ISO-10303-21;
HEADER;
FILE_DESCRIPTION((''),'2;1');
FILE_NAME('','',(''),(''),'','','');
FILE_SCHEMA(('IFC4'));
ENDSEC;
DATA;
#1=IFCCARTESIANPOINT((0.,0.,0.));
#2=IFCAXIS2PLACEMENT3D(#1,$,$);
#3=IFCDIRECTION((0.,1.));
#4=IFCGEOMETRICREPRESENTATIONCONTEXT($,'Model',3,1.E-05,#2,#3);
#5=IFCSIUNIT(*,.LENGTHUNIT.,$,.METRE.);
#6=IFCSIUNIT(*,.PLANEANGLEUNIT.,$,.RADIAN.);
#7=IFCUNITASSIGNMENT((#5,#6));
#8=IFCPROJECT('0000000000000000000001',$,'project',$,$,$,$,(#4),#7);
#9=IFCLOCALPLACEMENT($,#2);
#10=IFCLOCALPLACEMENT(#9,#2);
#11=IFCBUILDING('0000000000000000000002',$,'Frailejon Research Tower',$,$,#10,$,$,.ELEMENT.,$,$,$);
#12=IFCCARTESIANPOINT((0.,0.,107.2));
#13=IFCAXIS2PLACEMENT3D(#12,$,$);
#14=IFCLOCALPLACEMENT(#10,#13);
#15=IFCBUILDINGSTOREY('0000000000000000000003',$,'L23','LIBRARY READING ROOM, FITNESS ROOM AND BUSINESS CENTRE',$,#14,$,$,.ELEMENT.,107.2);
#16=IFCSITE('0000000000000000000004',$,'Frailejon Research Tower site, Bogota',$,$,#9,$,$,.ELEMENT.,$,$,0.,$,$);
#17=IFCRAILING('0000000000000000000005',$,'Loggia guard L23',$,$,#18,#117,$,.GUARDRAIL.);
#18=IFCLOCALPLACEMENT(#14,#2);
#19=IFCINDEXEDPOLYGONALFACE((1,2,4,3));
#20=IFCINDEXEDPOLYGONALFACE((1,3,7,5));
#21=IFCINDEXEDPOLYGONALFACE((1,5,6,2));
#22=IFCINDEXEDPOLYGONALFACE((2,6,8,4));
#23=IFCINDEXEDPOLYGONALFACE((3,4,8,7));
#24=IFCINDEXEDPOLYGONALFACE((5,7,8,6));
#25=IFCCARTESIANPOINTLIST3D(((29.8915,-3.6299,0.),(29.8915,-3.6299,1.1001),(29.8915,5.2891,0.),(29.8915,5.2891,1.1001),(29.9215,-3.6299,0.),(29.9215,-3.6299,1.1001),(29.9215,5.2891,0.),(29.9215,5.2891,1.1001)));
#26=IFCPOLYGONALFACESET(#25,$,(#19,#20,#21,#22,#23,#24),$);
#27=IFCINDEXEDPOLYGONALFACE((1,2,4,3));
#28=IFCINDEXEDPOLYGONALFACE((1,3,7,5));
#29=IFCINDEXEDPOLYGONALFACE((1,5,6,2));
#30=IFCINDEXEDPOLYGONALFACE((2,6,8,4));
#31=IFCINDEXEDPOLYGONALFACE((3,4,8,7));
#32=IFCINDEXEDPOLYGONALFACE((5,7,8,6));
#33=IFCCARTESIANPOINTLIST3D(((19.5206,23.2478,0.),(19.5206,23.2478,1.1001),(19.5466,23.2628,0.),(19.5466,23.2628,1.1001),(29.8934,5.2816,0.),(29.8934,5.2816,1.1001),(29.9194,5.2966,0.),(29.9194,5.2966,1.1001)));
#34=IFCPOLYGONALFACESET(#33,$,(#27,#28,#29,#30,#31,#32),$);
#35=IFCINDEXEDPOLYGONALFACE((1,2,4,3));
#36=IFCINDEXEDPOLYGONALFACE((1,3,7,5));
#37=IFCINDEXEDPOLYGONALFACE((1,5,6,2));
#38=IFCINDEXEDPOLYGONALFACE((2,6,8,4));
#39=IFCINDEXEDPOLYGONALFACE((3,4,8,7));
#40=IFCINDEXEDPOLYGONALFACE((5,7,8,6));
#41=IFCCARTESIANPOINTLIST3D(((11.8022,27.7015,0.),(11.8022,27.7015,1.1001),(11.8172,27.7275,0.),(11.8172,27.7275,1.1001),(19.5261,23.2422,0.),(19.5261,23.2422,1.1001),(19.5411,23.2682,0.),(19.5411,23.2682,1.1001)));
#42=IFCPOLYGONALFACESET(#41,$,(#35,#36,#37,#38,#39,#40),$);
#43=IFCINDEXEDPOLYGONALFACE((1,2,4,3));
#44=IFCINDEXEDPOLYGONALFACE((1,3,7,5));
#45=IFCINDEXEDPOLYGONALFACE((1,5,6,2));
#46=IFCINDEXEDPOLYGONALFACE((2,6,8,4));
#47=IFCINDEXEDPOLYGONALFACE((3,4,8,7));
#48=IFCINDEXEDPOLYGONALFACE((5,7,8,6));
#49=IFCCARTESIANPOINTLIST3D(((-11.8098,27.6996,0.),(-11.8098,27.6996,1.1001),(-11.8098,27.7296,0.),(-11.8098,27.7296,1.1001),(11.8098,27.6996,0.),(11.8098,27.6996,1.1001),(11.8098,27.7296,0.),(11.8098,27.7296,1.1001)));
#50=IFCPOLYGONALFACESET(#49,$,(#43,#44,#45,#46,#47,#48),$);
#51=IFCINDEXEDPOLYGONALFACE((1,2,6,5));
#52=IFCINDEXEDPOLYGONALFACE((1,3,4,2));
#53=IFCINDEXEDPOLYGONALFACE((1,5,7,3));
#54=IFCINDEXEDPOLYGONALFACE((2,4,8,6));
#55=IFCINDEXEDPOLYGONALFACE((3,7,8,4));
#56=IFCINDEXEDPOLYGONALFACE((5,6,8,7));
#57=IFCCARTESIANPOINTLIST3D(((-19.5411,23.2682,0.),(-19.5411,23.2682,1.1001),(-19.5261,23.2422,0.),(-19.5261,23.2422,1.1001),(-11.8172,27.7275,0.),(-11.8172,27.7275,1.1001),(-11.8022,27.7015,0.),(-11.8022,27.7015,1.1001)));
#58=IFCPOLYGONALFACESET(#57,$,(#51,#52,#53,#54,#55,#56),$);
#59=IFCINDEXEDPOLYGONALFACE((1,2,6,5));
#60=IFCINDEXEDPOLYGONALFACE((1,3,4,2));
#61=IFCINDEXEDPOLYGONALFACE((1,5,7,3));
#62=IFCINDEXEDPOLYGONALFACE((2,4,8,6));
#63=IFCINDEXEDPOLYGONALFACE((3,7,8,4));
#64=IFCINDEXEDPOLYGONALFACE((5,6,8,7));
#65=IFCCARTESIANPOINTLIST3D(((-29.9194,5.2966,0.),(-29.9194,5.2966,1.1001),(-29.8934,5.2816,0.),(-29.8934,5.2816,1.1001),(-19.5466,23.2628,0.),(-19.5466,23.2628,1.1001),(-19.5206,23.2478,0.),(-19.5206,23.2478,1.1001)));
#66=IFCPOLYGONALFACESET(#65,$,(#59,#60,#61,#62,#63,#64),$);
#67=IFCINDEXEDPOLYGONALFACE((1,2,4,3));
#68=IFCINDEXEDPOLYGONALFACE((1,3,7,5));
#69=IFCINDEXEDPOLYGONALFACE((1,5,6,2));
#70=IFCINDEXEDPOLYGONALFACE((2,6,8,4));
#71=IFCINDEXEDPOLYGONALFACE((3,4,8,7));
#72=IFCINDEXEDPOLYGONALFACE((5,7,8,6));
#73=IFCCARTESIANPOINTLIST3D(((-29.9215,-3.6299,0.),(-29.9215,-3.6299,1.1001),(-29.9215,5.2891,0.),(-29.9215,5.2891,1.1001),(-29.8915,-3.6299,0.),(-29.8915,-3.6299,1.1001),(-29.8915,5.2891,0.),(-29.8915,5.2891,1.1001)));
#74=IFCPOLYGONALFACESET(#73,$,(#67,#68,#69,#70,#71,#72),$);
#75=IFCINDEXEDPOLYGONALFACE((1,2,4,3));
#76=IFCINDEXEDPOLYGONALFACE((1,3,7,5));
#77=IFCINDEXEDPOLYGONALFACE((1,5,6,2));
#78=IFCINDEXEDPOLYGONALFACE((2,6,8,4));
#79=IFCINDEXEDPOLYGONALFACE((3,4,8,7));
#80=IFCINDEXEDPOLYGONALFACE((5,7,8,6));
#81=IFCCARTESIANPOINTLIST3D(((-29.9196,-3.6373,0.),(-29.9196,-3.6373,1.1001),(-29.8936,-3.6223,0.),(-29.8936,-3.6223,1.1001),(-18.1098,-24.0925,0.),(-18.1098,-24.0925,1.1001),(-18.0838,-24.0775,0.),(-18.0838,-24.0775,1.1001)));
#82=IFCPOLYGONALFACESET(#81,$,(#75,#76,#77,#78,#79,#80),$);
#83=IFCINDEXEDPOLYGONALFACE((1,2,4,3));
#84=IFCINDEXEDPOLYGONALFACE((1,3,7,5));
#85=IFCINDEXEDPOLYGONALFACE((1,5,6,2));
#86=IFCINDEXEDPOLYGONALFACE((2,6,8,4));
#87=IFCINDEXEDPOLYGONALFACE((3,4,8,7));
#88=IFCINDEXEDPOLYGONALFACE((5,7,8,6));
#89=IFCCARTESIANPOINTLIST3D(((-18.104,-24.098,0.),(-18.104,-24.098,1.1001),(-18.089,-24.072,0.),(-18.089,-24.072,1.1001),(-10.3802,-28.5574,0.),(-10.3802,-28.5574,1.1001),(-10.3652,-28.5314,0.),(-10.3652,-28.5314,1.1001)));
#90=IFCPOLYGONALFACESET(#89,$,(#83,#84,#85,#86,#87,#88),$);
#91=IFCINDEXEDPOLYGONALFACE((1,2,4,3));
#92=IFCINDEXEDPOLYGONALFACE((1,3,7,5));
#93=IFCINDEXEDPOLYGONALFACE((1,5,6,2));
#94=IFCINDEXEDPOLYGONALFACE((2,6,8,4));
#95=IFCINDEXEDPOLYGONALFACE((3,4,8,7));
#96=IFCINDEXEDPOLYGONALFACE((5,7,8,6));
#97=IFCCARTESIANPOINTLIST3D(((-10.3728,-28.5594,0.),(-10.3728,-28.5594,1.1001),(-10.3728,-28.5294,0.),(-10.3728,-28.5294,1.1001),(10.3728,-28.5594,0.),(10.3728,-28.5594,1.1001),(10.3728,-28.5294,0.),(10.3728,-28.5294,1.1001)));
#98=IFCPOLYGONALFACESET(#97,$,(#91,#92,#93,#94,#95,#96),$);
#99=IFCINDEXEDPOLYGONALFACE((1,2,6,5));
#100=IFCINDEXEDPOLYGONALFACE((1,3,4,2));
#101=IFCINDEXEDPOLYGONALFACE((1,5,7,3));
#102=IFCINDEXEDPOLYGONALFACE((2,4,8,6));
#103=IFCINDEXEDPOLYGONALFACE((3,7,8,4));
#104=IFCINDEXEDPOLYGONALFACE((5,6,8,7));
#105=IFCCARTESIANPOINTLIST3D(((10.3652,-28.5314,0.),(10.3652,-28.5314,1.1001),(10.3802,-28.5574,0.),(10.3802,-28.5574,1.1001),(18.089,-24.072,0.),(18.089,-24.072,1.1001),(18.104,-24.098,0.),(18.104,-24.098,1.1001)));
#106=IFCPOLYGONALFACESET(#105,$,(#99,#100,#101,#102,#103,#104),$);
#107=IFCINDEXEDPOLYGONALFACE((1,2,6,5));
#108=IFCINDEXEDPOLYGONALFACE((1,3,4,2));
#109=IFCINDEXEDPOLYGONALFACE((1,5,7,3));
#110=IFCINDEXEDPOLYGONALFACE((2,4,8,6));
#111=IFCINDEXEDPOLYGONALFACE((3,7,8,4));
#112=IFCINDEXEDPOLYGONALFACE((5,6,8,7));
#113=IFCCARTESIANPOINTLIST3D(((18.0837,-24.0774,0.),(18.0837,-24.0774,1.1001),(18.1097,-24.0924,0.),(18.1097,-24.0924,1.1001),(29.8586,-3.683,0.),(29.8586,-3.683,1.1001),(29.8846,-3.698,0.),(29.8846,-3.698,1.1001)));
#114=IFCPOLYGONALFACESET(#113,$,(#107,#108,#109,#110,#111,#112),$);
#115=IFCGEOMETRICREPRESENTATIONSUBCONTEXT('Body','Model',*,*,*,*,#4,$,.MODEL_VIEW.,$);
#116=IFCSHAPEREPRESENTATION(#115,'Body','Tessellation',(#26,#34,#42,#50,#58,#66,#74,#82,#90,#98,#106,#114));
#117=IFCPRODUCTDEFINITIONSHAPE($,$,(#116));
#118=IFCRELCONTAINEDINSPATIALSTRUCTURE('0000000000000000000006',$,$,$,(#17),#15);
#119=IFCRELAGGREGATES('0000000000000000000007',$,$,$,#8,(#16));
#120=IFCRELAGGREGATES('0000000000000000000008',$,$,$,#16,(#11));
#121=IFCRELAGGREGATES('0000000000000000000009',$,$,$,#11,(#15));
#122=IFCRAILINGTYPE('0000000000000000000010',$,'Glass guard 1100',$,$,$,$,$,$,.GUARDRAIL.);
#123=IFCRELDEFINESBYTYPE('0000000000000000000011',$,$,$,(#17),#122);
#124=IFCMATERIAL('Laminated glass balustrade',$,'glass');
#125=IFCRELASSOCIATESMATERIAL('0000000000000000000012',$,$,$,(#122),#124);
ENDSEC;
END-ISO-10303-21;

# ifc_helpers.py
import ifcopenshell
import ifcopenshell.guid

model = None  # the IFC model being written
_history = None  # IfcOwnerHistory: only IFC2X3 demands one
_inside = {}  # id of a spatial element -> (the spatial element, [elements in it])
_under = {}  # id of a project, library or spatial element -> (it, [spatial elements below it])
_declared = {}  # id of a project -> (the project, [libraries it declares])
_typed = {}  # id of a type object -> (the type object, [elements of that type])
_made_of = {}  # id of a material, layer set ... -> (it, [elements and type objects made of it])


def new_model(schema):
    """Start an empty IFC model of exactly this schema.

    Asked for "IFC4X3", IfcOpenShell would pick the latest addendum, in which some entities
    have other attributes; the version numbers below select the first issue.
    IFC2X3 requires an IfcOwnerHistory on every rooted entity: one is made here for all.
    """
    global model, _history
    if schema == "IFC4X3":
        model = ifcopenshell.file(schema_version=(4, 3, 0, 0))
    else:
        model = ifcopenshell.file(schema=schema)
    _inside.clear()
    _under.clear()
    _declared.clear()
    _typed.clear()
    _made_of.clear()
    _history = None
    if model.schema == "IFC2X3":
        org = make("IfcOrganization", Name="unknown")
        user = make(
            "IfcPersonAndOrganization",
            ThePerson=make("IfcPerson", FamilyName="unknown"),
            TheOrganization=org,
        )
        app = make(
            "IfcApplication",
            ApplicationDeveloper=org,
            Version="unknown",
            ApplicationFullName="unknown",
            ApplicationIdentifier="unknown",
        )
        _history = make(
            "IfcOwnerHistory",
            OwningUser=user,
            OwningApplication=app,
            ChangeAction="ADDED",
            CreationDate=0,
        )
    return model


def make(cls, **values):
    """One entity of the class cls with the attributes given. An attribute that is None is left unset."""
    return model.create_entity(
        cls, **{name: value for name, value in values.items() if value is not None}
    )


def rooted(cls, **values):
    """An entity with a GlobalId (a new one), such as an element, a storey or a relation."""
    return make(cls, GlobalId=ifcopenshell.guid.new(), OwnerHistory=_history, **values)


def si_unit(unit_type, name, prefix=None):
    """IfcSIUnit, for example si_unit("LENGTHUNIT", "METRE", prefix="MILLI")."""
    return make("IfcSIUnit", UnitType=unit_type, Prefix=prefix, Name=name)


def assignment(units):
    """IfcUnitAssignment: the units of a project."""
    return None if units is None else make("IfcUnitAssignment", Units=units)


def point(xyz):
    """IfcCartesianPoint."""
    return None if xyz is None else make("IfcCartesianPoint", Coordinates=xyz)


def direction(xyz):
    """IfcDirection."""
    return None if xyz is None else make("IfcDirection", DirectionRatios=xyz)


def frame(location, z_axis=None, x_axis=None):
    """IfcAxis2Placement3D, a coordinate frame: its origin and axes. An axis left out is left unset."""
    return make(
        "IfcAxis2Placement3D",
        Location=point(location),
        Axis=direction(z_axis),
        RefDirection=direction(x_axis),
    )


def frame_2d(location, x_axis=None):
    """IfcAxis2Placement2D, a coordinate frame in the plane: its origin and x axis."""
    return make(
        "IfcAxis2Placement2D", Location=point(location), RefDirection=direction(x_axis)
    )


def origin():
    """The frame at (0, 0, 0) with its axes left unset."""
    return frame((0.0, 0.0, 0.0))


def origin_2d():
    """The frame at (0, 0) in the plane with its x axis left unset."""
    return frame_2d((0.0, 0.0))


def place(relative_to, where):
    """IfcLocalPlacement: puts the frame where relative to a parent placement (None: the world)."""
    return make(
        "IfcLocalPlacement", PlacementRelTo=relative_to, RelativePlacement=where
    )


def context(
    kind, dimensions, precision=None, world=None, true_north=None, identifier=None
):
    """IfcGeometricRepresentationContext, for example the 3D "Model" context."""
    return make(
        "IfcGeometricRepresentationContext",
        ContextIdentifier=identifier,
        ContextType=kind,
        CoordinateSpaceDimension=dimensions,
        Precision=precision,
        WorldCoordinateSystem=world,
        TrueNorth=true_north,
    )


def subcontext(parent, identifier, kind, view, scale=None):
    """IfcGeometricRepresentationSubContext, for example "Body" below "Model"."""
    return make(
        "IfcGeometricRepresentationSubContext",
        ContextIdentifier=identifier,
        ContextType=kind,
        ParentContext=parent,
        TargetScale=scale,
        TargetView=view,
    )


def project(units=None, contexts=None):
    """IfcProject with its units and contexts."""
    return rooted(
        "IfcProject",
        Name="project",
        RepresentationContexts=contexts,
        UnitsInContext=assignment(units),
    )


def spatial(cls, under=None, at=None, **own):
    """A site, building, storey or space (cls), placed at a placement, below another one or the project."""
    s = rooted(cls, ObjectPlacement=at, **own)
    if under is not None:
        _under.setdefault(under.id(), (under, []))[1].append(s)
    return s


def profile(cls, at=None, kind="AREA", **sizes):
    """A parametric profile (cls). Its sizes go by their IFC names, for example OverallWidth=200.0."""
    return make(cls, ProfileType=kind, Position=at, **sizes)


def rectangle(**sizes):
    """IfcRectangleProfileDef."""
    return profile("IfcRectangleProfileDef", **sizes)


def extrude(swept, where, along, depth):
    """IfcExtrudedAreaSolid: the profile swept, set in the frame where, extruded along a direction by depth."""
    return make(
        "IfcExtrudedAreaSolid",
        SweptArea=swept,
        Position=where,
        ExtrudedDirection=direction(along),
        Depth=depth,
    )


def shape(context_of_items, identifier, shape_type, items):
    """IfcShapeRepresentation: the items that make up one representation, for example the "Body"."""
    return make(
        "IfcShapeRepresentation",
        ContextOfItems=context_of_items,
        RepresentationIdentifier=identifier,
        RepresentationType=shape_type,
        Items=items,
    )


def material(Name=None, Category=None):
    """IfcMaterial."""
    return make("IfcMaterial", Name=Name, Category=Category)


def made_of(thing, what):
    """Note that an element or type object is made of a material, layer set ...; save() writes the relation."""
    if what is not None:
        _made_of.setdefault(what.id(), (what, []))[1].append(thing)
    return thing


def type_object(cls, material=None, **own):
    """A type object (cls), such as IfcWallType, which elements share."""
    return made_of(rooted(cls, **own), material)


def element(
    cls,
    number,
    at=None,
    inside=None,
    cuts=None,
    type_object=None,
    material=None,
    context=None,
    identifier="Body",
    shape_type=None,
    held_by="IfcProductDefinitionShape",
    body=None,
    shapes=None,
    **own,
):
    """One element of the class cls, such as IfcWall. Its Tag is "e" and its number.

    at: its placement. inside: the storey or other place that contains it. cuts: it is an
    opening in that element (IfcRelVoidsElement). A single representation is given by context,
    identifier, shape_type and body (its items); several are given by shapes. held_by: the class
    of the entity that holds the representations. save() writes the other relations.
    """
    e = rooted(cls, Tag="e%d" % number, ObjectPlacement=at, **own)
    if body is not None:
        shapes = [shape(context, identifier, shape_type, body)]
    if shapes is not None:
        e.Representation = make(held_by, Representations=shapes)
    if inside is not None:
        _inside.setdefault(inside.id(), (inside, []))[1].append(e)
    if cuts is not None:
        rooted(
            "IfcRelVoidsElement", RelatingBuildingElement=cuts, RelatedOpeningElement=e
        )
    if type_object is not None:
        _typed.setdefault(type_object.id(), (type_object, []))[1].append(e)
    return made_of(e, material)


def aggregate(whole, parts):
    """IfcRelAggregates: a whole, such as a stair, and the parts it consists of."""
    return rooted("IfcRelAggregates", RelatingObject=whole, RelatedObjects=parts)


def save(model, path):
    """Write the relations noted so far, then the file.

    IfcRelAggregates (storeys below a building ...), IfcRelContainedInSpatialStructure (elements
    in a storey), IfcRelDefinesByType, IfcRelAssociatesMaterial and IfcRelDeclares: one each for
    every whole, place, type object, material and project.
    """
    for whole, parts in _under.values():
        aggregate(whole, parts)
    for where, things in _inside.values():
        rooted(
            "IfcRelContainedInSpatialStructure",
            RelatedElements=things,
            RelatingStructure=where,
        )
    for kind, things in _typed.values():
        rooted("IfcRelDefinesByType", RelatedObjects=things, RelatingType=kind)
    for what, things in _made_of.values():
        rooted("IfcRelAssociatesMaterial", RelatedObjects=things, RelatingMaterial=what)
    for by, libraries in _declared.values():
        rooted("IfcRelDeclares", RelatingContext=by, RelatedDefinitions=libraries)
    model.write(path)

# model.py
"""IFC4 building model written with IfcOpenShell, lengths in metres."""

from ifc_helpers import new_model, si_unit, direction, frame, origin, origin_2d, place, context, subcontext, project, spatial, rectangle, extrude, material, type_object, element, save


model = new_model("IFC4")

# Units and contexts
model_context = context("Model", 3, precision=1e-05, world=origin(), true_north=direction((0.0, 1.0)))
body_context = subcontext(model_context, "Body", "Model", "MODEL_VIEW")
ifc_project = project(units=[si_unit("LENGTHUNIT", "METRE"), si_unit("PLANEANGLEUNIT", "RADIAN")], contexts=[model_context])

# Site, building, storey
site_placement = place(None, origin())
site = spatial("IfcSite", under=ifc_project, at=site_placement, Name="Frailejon Research Tower site, Bogota", CompositionType="ELEMENT", RefElevation=0.0)
building_placement = place(site_placement, origin())
building = spatial("IfcBuilding", under=site, at=building_placement, Name="Frailejon Research Tower", CompositionType="ELEMENT")
storey_placement = place(building_placement, frame((0.0, 0.0, 107.2)))
storey = spatial("IfcBuildingStorey", under=building, at=storey_placement, Name="L23", Description="LIBRARY READING ROOM, FITNESS ROOM AND BUSINESS CENTRE", CompositionType="ELEMENT", Elevation=107.2)

# Railing
ifc_material_1 = material(Name="Laminated glass balustrade", Category="glass")
railing_type = type_object("IfcRailingType", Name="Glass guard 1100", PredefinedType="GUARDRAIL", material=ifc_material_1)
railing_placement = place(storey_placement, frame((29.9065, -3.6299, 0.0)))
element("IfcRailing", 1, at=railing_placement, inside=storey, type_object=railing_type, Name="Loggia guard L23", PredefinedType="GUARDRAIL", context=body_context, shape_type="SweptSolid", body=[
    extrude(rectangle(XDim=8.9189, YDim=0.03, at=origin_2d()), frame((0.0, 4.4595, 0.0), z_axis=(0.0, 0.0, 1.0), x_axis=(0.0, 1.0, 0.0)), (0.0, 0.0, 1.0), 1.1001),
    extrude(rectangle(XDim=20.7456, YDim=0.03, at=origin_2d()), frame((-5.1865, 17.9021, 0.0), z_axis=(0.0, 0.0, 1.0), x_axis=(-0.499998, 0.866026, 0.0)), (0.0, 0.0, 1.0), 1.1001),
    extrude(rectangle(XDim=8.9187, YDim=0.03, at=origin_2d()), frame((-14.2349, 29.1147, 0.0), z_axis=(0.0, 0.0, 1.0), x_axis=(-0.866033, 0.499987, 0.0)), (0.0, 0.0, 1.0), 1.1001),
    extrude(rectangle(XDim=23.6196, YDim=0.03, at=origin_2d()), frame((-29.9065, 31.3445, 0.0), z_axis=(0.0, 0.0, 1.0), x_axis=(-1.0, 0.0, 0.0)), (0.0, 0.0, 1.0), 1.1001),
    extrude(rectangle(XDim=8.9187, YDim=0.03, at=origin_2d()), frame((-45.5781, 29.1147, 0.0), z_axis=(0.0, 0.0, 1.0), x_axis=(-0.866033, -0.499987, 0.0)), (0.0, 0.0, 1.0), 1.1001),
    extrude(rectangle(XDim=20.7456, YDim=0.03, at=origin_2d()), frame((-54.6265, 17.9021, 0.0), z_axis=(0.0, 0.0, 1.0), x_axis=(-0.499998, -0.866026, 0.0)), (0.0, 0.0, 1.0), 1.1001),
    extrude(rectangle(XDim=8.9189, YDim=0.03, at=origin_2d()), frame((-59.813, 4.4595, 0.0), z_axis=(0.0, 0.0, 1.0), x_axis=(0.0, -1.0, 0.0)), (0.0, 0.0, 1.0), 1.1001),
    extrude(rectangle(XDim=23.6196, YDim=0.03, at=origin_2d()), frame((-53.9082, -10.2275, 0.0), z_axis=(0.0, 0.0, 1.0), x_axis=(0.500002, -0.866024, 0.0)), (0.0, 0.0, 1.0), 1.1001),
    extrude(rectangle(XDim=8.9187, YDim=0.03, at=origin_2d()), frame((-44.1411, -22.6848, 0.0), z_axis=(0.0, 0.0, 1.0), x_axis=(0.866021, -0.500008, 0.0)), (0.0, 0.0, 1.0), 1.1001),
    extrude(rectangle(XDim=20.7456, YDim=0.03, at=origin_2d()), frame((-29.9065, -24.9146, 0.0), z_axis=(0.0, 0.0, 1.0), x_axis=(1.0, 0.0, 0.0)), (0.0, 0.0, 1.0), 1.1001),
    extrude(rectangle(XDim=8.9187, YDim=0.03, at=origin_2d()), frame((-15.6719, -22.6848, 0.0), z_axis=(0.0, 0.0, 1.0), x_axis=(0.866021, 0.500008, 0.0)), (0.0, 0.0, 1.0), 1.1001),
    extrude(rectangle(XDim=23.5496, YDim=0.03, at=origin_2d()), frame((-5.9224, -10.2578, 0.0), z_axis=(0.0, 0.0, 1.0), x_axis=(0.500004, 0.866023, 0.0)), (0.0, 0.0, 1.0), 1.1001),
])

save(model, "model.ifc")
